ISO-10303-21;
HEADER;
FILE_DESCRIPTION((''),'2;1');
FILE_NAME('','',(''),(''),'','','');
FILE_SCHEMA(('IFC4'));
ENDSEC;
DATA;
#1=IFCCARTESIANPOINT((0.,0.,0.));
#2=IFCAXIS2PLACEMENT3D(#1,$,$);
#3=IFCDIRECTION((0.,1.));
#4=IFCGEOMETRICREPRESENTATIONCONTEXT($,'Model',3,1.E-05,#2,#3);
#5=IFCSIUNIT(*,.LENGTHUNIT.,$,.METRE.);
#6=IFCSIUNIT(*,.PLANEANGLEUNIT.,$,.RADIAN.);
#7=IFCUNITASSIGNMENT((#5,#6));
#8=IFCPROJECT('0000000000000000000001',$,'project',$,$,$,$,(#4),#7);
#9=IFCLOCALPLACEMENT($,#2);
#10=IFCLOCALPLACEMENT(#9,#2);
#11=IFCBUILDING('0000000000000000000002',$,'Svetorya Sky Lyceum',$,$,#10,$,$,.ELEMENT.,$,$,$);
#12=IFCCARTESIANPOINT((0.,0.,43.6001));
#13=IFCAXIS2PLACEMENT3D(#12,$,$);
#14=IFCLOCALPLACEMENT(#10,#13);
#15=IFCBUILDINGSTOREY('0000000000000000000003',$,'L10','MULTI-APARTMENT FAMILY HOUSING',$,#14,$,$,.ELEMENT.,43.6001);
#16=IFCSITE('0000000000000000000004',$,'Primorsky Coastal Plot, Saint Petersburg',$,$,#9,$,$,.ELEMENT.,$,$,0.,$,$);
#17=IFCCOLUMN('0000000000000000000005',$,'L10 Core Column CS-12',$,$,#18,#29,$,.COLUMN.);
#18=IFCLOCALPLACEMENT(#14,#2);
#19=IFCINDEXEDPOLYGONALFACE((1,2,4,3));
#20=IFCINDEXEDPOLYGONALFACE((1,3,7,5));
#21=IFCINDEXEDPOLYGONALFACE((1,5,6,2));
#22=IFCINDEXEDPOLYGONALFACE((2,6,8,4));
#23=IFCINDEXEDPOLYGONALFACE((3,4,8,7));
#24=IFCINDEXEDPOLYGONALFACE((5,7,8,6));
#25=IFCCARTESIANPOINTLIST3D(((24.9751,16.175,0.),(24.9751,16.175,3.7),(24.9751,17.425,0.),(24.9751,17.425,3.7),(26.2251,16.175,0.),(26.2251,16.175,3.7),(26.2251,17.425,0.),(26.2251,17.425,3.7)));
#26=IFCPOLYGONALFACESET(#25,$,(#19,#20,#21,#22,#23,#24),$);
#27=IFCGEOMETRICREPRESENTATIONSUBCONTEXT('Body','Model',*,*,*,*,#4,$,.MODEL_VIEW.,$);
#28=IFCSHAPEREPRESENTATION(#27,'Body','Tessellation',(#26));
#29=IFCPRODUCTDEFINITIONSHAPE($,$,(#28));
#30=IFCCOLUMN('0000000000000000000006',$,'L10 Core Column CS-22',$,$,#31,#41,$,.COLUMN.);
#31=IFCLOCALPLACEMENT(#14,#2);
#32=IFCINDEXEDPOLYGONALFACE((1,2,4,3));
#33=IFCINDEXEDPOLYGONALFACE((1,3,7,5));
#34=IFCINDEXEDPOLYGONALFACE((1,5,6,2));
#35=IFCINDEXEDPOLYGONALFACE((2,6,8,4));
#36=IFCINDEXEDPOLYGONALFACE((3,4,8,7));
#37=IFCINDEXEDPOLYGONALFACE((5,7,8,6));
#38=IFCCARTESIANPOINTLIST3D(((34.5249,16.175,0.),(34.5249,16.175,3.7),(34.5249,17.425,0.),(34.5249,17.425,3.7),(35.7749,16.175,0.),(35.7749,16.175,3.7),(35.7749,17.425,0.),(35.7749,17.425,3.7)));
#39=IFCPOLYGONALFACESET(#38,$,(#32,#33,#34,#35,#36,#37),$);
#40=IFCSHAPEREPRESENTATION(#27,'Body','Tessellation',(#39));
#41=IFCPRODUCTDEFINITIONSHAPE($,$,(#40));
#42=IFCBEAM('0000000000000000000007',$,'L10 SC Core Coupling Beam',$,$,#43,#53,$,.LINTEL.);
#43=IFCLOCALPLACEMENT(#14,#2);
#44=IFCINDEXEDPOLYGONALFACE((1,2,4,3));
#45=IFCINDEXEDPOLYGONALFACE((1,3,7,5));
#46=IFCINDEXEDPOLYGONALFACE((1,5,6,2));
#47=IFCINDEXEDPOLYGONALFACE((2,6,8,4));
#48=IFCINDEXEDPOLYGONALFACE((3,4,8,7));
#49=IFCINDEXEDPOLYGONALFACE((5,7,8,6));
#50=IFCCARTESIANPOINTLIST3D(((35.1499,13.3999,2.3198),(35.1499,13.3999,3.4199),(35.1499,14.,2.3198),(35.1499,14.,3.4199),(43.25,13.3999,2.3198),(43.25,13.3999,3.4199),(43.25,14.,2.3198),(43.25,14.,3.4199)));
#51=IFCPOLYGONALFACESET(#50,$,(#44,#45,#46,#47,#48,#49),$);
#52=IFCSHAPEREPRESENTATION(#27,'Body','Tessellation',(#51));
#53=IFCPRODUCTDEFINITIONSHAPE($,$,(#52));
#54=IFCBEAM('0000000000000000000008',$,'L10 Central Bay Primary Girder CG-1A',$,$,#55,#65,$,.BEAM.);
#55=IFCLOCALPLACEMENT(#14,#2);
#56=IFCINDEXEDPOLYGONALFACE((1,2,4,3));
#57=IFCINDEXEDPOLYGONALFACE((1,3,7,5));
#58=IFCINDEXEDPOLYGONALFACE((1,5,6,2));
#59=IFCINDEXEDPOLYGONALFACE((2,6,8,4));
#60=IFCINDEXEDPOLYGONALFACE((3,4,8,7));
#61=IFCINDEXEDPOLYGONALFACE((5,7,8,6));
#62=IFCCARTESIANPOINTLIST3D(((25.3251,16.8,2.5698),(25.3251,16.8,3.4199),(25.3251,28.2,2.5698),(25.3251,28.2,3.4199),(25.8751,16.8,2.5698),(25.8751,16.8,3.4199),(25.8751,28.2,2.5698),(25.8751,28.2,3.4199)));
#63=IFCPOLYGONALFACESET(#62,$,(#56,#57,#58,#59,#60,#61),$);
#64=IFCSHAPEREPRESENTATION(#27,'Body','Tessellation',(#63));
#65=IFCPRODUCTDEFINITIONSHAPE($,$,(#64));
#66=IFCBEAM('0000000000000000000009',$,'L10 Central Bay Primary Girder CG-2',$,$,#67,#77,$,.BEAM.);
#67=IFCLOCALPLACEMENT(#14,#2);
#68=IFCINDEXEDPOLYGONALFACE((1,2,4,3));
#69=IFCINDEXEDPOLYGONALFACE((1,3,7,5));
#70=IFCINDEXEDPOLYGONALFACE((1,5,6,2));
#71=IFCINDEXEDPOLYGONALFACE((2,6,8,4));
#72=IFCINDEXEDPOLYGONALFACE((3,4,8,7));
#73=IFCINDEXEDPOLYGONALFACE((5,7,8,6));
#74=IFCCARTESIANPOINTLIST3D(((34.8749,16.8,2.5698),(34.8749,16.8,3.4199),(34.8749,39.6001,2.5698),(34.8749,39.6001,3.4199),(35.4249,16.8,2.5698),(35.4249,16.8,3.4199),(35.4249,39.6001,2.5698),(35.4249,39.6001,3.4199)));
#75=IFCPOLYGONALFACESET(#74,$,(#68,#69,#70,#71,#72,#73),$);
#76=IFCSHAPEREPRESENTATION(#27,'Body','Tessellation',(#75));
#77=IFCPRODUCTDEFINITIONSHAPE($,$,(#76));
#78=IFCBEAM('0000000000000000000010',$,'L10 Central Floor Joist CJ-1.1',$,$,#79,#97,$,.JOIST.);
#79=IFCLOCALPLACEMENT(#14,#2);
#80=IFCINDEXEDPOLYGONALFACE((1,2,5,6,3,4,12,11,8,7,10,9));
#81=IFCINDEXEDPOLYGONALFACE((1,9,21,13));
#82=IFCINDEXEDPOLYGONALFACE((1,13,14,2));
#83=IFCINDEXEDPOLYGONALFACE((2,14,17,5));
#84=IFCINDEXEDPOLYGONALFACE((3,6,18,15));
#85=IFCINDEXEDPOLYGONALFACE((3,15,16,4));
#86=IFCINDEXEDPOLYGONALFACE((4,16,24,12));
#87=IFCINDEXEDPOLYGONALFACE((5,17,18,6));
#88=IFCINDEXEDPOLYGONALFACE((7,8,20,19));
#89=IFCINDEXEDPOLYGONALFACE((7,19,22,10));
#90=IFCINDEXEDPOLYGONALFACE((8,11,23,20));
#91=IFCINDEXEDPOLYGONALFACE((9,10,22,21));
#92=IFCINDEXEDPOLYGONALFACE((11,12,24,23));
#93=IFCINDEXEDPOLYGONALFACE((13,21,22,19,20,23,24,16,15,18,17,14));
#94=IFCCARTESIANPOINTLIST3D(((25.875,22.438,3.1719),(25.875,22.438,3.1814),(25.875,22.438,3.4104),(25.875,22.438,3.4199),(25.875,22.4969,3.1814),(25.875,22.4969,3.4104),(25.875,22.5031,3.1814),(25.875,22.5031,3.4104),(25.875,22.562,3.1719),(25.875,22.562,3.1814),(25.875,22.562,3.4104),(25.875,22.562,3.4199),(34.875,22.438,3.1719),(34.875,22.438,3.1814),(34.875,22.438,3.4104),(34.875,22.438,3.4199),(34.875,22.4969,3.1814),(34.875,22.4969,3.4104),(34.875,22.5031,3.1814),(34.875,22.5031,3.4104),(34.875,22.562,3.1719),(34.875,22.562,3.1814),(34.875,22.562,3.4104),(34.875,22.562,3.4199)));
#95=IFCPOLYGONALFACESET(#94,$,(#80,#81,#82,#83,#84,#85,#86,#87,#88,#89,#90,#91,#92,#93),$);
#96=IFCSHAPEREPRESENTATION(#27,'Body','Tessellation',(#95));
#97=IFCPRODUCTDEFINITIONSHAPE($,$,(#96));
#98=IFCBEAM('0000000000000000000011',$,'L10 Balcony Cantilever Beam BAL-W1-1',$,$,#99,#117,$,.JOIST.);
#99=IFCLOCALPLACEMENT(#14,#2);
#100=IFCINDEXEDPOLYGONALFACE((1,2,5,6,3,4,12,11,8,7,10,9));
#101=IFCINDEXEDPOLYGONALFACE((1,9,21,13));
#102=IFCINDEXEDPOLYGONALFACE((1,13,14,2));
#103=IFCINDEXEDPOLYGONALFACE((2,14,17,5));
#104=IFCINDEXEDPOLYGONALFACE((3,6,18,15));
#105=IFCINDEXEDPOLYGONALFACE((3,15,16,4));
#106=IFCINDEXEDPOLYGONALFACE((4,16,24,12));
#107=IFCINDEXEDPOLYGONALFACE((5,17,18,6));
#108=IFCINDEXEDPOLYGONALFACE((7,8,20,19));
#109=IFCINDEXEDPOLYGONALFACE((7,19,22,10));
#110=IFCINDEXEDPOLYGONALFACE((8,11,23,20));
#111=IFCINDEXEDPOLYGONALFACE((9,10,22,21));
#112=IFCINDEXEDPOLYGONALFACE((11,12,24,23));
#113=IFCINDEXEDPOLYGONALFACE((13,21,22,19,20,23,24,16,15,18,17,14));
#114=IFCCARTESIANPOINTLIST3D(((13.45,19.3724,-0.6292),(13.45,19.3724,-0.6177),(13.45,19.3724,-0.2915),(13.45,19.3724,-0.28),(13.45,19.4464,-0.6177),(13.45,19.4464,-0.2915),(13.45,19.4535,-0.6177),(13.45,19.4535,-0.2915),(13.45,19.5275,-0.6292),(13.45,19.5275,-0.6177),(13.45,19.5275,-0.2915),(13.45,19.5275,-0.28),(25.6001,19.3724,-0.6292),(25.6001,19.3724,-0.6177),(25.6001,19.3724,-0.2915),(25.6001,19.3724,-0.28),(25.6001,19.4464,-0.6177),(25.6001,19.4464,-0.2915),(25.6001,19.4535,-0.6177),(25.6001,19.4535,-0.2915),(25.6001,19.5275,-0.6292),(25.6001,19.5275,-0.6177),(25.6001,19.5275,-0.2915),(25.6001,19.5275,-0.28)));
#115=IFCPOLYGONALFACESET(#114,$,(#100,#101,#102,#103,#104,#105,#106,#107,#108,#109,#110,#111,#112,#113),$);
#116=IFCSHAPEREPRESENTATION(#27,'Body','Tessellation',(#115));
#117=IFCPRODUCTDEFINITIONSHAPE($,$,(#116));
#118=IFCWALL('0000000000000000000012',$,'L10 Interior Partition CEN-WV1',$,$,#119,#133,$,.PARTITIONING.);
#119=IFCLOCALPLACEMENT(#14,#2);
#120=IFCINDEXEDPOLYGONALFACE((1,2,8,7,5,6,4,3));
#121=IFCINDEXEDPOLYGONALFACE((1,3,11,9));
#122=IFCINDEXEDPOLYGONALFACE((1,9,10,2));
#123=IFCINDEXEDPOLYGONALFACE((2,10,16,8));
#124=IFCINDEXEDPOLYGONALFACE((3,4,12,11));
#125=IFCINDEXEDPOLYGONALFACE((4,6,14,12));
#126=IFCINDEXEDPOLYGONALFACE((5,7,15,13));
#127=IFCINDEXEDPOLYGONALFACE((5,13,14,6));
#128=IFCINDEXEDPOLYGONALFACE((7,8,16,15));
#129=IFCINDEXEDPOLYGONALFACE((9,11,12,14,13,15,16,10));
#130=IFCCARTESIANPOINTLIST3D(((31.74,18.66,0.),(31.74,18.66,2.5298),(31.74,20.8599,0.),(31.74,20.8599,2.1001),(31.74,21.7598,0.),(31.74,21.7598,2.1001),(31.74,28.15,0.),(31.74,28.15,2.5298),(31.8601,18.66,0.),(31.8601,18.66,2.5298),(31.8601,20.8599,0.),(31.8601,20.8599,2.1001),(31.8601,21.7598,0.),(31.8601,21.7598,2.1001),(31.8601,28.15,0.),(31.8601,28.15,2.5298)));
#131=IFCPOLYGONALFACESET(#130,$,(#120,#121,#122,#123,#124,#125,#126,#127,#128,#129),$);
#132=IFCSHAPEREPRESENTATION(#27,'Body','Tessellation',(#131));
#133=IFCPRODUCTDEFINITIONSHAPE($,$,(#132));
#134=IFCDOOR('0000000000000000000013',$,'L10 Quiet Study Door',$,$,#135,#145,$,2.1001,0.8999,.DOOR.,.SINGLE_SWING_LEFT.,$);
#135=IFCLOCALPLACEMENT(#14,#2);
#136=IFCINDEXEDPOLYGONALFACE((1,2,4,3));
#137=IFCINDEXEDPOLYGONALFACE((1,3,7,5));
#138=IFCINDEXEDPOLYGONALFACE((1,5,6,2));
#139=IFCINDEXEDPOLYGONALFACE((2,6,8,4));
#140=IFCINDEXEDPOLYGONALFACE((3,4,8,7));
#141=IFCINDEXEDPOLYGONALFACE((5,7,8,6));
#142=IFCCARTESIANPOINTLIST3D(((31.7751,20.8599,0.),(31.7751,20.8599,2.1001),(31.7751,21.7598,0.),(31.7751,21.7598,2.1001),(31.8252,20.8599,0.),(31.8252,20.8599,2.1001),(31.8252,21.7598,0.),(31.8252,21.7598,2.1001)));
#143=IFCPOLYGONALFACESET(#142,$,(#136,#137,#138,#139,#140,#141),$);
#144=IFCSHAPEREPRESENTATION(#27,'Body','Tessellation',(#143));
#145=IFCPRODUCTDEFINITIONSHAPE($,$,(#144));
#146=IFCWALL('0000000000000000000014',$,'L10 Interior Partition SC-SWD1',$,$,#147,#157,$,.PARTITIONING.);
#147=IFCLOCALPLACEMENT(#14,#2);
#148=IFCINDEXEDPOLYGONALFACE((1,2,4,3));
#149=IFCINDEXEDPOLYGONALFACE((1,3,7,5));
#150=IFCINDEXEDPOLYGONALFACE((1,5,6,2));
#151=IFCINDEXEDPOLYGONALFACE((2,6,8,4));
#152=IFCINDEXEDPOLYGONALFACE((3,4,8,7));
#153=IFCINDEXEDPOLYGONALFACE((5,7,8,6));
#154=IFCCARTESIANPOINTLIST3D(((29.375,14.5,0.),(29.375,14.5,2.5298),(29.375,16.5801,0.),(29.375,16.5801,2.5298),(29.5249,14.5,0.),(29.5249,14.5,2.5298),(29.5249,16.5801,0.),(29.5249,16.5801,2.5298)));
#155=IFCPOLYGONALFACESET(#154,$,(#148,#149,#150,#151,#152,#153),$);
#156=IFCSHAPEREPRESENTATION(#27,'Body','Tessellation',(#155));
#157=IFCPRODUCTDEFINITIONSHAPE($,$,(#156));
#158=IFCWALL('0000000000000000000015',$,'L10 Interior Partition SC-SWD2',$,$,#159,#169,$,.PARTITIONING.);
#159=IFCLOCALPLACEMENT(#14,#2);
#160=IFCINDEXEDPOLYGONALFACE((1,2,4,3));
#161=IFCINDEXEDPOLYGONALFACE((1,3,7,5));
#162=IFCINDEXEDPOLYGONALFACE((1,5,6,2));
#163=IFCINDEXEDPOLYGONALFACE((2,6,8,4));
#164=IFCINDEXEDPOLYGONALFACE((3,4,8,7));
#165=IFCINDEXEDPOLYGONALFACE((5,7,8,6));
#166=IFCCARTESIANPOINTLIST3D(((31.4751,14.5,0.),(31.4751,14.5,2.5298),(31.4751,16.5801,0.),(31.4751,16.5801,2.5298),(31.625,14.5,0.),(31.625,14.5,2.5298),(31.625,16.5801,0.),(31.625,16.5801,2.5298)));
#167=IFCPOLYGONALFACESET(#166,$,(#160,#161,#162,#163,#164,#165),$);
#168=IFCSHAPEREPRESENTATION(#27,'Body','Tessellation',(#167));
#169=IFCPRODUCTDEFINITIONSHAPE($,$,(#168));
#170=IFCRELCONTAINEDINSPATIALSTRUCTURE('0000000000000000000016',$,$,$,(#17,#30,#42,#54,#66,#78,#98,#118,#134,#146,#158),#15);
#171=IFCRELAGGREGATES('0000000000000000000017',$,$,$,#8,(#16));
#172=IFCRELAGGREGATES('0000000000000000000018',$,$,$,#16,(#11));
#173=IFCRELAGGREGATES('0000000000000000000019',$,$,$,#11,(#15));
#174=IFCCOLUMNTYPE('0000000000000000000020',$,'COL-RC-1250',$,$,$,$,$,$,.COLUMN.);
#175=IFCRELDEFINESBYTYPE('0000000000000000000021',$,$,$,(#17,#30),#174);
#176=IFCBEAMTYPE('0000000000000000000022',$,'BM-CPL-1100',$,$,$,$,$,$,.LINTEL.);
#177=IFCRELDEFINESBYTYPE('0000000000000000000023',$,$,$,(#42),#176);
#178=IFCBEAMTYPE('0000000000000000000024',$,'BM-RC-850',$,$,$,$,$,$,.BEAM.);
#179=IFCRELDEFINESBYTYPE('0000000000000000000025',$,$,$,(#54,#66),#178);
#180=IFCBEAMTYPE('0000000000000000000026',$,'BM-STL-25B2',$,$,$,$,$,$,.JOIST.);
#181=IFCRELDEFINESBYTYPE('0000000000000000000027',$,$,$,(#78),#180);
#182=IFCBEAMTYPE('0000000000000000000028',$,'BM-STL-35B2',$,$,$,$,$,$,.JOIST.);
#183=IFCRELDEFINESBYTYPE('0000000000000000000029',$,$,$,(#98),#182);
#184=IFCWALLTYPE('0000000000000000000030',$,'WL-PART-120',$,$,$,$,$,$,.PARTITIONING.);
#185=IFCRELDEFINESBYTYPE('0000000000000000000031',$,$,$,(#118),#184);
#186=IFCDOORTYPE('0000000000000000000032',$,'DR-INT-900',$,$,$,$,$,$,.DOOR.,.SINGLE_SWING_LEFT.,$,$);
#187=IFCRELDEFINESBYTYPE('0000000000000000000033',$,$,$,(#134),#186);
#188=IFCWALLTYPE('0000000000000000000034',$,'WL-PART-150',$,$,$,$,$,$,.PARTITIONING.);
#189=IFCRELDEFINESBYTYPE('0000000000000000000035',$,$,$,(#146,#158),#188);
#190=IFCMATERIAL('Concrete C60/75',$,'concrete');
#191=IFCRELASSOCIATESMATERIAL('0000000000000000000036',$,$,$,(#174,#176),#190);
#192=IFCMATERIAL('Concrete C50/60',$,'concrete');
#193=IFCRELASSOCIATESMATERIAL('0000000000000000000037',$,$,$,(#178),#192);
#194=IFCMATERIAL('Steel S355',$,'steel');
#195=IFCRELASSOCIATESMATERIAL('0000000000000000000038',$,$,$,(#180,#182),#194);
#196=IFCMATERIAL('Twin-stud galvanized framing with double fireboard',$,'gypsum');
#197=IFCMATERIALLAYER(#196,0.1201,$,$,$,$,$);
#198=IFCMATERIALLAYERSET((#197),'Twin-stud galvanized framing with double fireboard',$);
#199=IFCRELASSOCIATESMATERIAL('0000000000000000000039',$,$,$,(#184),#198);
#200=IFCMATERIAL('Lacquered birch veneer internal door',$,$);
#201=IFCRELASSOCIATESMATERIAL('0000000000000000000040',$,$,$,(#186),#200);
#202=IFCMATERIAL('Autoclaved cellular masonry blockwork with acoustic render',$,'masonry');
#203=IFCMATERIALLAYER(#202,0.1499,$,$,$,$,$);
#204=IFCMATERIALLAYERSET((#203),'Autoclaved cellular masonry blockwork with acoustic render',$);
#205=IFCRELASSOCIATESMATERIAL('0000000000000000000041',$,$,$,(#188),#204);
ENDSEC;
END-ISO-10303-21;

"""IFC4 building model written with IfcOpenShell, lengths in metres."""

from ifc_helpers import new_model, si_unit, direction, frame, frame_2d, origin, origin_2d, place, context, subcontext, project, spatial, rectangle, i_section, extrude, material, layer, layer_set, material_profile, profile_set, type_object, element, fill, save


model = new_model("IFC4")

# Units and contexts
model_context = context("Model", 3, precision=1e-05, world=origin(), true_north=direction((0.0, 1.0)))
body_context = subcontext(model_context, "Body", "Model", "MODEL_VIEW")
ifc_project = project(units=[si_unit("LENGTHUNIT", "METRE"), si_unit("PLANEANGLEUNIT", "RADIAN")], contexts=[model_context])

# Site, building, storey
site_placement = place(None, origin())
site = spatial("IfcSite", under=ifc_project, at=site_placement, Name="Primorsky Coastal Plot, Saint Petersburg", CompositionType="ELEMENT", RefElevation=0.0)
building_placement = place(site_placement, origin())
building = spatial("IfcBuilding", under=site, at=building_placement, Name="Svetorya Sky Lyceum", CompositionType="ELEMENT")
storey_placement = place(building_placement, frame((0.0, 0.0, 43.6001)))
storey = spatial("IfcBuildingStorey", under=building, at=storey_placement, Name="L10", Description="MULTI-APARTMENT FAMILY HOUSING", CompositionType="ELEMENT", Elevation=43.6001)

# Columns
ifc_material_1 = material(Name="Concrete C60/75", Category="concrete")
ifc_material_profile_1 = material_profile(ifc_material_1, rectangle(XDim=1.25, YDim=1.25, at=origin_2d()), Name="RC COL 1250x1250")
ifc_profile_set_1 = profile_set([ifc_material_profile_1], Name="Concrete C60/75")
column_type = type_object("IfcColumnType", Name="COL-RC-1250", PredefinedType="COLUMN", material=ifc_profile_set_1)
for number, where, z_axis, x_axis, name in (
    (1, (25.6001, 16.8, 0.0), (0.0, 0.0, 1.0), (1.0, 0.0, 0.0), "L10 Core Column CS-12"),
    (2, (35.1499, 16.8, 0.0), (0.0, 0.0, 1.0), (1.0, 0.0, 0.0), "L10 Core Column CS-22"),
):
    element("IfcColumn", number, at=place(storey_placement, frame(where, z_axis=z_axis, x_axis=x_axis)), inside=storey, type_object=column_type, Name=name, PredefinedType="COLUMN", context=body_context, shape_type="SweptSolid", body=[
        extrude(rectangle(XDim=1.25, YDim=1.25, at=origin_2d()), origin(), (0.0, 0.0, 1.0), 3.7),
    ])

# Beams
ifc_material_profile_2 = material_profile(ifc_material_1, rectangle(XDim=0.6001, YDim=1.1001, at=origin_2d()), Name="RC COUPLING 600x1100")
ifc_profile_set_2 = profile_set([ifc_material_profile_2], Name="Concrete C60/75")
beam_type_1 = type_object("IfcBeamType", Name="BM-CPL-1100", PredefinedType="LINTEL", material=ifc_profile_set_2)
beam_1_placement = place(storey_placement, frame((35.1499, 13.7, 2.8699), z_axis=(1.0, 0.0, 0.0), x_axis=(0.0, 1.0, 0.0)))
element("IfcBeam", 3, at=beam_1_placement, inside=storey, type_object=beam_type_1, Name="L10 SC Core Coupling Beam", PredefinedType="LINTEL", context=body_context, shape_type="SweptSolid", body=[
    extrude(rectangle(XDim=0.6001, YDim=1.1001, at=origin_2d()), origin(), (0.0, 0.0, 1.0), 8.1001),
])
ifc_material_2 = material(Name="Concrete C50/60", Category="concrete")
ifc_material_profile_3 = material_profile(ifc_material_2, rectangle(XDim=0.55, YDim=0.8501, at=origin_2d()), Name="RC BEAM 550x850")
ifc_profile_set_3 = profile_set([ifc_material_profile_3], Name="Concrete C50/60")
beam_type_2 = type_object("IfcBeamType", Name="BM-RC-850", PredefinedType="BEAM", material=ifc_profile_set_3)
beam_2_placement = place(storey_placement, frame((25.6001, 16.8, 2.9949), z_axis=(0.0, 1.0, 0.0), x_axis=(-1.0, 0.0, 0.0)))
element("IfcBeam", 4, at=beam_2_placement, inside=storey, type_object=beam_type_2, Name="L10 Central Bay Primary Girder CG-1A", PredefinedType="BEAM", context=body_context, shape_type="SweptSolid", body=[
    extrude(rectangle(XDim=0.55, YDim=0.8501, at=origin_2d()), origin(), (0.0, 0.0, 1.0), 11.3999),
])
beam_3_placement = place(storey_placement, frame((35.1499, 16.8, 2.9949), z_axis=(0.0, 1.0, 0.0), x_axis=(-1.0, 0.0, 0.0)))
element("IfcBeam", 5, at=beam_3_placement, inside=storey, type_object=beam_type_2, Name="L10 Central Bay Primary Girder CG-2", PredefinedType="BEAM", context=body_context, shape_type="SweptSolid", body=[
    extrude(rectangle(XDim=0.55, YDim=0.8501, at=origin_2d()), origin(), (0.0, 0.0, 1.0), 22.8),
])
ifc_material_3 = material(Name="Steel S355", Category="steel")
ifc_material_profile_4 = material_profile(ifc_material_3, i_section(OverallWidth=0.124, OverallDepth=0.248, WebThickness=0.0061, FlangeThickness=0.0095, at=origin_2d()), Name="GOST 25B2")
ifc_profile_set_4 = profile_set([ifc_material_profile_4], Name="Steel S355")
beam_type_3 = type_object("IfcBeamType", Name="BM-STL-25B2", PredefinedType="JOIST", material=ifc_profile_set_4)
beam_4_placement = place(storey_placement, frame((25.875, 22.5, 3.2959), z_axis=(1.0, 0.0, 0.0), x_axis=(0.0, 1.0, 0.0)))
element("IfcBeam", 6, at=beam_4_placement, inside=storey, type_object=beam_type_3, Name="L10 Central Floor Joist CJ-1.1", PredefinedType="JOIST", context=body_context, shape_type="SweptSolid", body=[
    extrude(i_section(OverallWidth=0.124, OverallDepth=0.248, WebThickness=0.0061, FlangeThickness=0.0095, at=origin_2d()), origin(), (0.0, 0.0, 1.0), 9.0),
])
ifc_material_profile_5 = material_profile(ifc_material_3, i_section(OverallWidth=0.155, OverallDepth=0.3491, WebThickness=0.0071, FlangeThickness=0.0115, at=origin_2d()), Name="GOST 35B2")
ifc_profile_set_5 = profile_set([ifc_material_profile_5], Name="Steel S355")
beam_type_4 = type_object("IfcBeamType", Name="BM-STL-35B2", PredefinedType="JOIST", material=ifc_profile_set_5)
beam_5_placement = place(storey_placement, frame((25.6001, 19.45, -0.4546), z_axis=(-1.0, 0.0, 0.0), x_axis=(0.0, -1.0, 0.0)))
element("IfcBeam", 7, at=beam_5_placement, inside=storey, type_object=beam_type_4, Name="L10 Balcony Cantilever Beam BAL-W1-1", PredefinedType="JOIST", context=body_context, shape_type="SweptSolid", body=[
    extrude(i_section(OverallWidth=0.155, OverallDepth=0.3491, WebThickness=0.0071, FlangeThickness=0.0115, at=origin_2d()), origin(), (0.0, 0.0, 1.0), 12.1501),
])

# Wall, opening, door
ifc_material_4 = material(Name="Twin-stud galvanized framing with double fireboard", Category="gypsum")
ifc_layer_1 = layer(ifc_material_4, 0.1201)
ifc_layer_set_1 = layer_set([ifc_layer_1], Name="Twin-stud galvanized framing with double fireboard")
wall_type_1 = type_object("IfcWallType", Name="WL-PART-120", PredefinedType="PARTITIONING", material=ifc_layer_set_1)
wall_1_placement = place(storey_placement, frame((31.8, 18.6599, 0.0), z_axis=(0.0, 0.0, 1.0), x_axis=(0.0, 1.0, 0.0)))
wall_1 = element("IfcWall", 8, at=wall_1_placement, inside=storey, type_object=wall_type_1, Name="L10 Interior Partition CEN-WV1", PredefinedType="PARTITIONING", context=body_context, shape_type="SweptSolid", body=[
    extrude(rectangle(XDim=9.49, YDim=0.1201, at=frame_2d((4.7451, 0.0))), origin(), (0.0, 0.0, 1.0), 2.5298),
])
opening_1_placement = place(wall_1_placement, frame((2.2, 0.0, 0.0)))
opening_1 = element("IfcOpeningElement", 9, at=opening_1_placement, cuts=wall_1, PredefinedType="OPENING", context=body_context, shape_type="SweptSolid", body=[
    extrude(rectangle(XDim=0.8999, YDim=2.1001, at=frame_2d((0.45, 1.05))), frame((0.0, 0.0701, 0.0), z_axis=(0.0, -1.0, 0.0), x_axis=(1.0, 0.0, 0.0)), (0.0, 0.0, 1.0), 0.1401),
])
ifc_material_5 = material(Name="Lacquered birch veneer internal door")
door_type_1 = type_object("IfcDoorType", Name="DR-INT-900", OperationType="SINGLE_SWING_LEFT", PredefinedType="DOOR", material=ifc_material_5)
door_1_placement = place(opening_1_placement, origin())
door_1 = element("IfcDoor", 10, at=door_1_placement, inside=storey, type_object=door_type_1, Name="L10 Quiet Study Door", OperationType="SINGLE_SWING_LEFT", OverallHeight=2.1001, OverallWidth=0.8999, PredefinedType="DOOR", context=body_context, shape_type="SweptSolid", body=[
    extrude(rectangle(XDim=0.8999, YDim=2.1001, at=frame_2d((0.45, 1.05))), frame((0.0, 0.0249, 0.0), z_axis=(0.0, -1.0, 0.0), x_axis=(1.0, 0.0, 0.0)), (0.0, 0.0, 1.0), 0.05),
])
fill(opening_1, door_1)

# Walls
ifc_material_6 = material(Name="Autoclaved cellular masonry blockwork with acoustic render", Category="masonry")
ifc_layer_2 = layer(ifc_material_6, 0.1499)
ifc_layer_set_2 = layer_set([ifc_layer_2], Name="Autoclaved cellular masonry blockwork with acoustic render")
wall_type_2 = type_object("IfcWallType", Name="WL-PART-150", PredefinedType="PARTITIONING", material=ifc_layer_set_2)
for number, where, z_axis, x_axis, name in (
    (11, (29.45, 14.5, 0.0), (0.0, 0.0, 1.0), (0.0, 1.0, 0.0), "L10 Interior Partition SC-SWD1"),
    (12, (31.55, 14.5, 0.0), (0.0, 0.0, 1.0), (0.0, 1.0, 0.0), "L10 Interior Partition SC-SWD2"),
):
    element("IfcWall", number, at=place(storey_placement, frame(where, z_axis=z_axis, x_axis=x_axis)), inside=storey, type_object=wall_type_2, Name=name, PredefinedType="PARTITIONING", context=body_context, shape_type="SweptSolid", body=[
        extrude(rectangle(XDim=2.0801, YDim=0.1499, at=frame_2d((1.04, 0.0))), origin(), (0.0, 0.0, 1.0), 2.5298),
    ])

save(model, "model.ifc")
